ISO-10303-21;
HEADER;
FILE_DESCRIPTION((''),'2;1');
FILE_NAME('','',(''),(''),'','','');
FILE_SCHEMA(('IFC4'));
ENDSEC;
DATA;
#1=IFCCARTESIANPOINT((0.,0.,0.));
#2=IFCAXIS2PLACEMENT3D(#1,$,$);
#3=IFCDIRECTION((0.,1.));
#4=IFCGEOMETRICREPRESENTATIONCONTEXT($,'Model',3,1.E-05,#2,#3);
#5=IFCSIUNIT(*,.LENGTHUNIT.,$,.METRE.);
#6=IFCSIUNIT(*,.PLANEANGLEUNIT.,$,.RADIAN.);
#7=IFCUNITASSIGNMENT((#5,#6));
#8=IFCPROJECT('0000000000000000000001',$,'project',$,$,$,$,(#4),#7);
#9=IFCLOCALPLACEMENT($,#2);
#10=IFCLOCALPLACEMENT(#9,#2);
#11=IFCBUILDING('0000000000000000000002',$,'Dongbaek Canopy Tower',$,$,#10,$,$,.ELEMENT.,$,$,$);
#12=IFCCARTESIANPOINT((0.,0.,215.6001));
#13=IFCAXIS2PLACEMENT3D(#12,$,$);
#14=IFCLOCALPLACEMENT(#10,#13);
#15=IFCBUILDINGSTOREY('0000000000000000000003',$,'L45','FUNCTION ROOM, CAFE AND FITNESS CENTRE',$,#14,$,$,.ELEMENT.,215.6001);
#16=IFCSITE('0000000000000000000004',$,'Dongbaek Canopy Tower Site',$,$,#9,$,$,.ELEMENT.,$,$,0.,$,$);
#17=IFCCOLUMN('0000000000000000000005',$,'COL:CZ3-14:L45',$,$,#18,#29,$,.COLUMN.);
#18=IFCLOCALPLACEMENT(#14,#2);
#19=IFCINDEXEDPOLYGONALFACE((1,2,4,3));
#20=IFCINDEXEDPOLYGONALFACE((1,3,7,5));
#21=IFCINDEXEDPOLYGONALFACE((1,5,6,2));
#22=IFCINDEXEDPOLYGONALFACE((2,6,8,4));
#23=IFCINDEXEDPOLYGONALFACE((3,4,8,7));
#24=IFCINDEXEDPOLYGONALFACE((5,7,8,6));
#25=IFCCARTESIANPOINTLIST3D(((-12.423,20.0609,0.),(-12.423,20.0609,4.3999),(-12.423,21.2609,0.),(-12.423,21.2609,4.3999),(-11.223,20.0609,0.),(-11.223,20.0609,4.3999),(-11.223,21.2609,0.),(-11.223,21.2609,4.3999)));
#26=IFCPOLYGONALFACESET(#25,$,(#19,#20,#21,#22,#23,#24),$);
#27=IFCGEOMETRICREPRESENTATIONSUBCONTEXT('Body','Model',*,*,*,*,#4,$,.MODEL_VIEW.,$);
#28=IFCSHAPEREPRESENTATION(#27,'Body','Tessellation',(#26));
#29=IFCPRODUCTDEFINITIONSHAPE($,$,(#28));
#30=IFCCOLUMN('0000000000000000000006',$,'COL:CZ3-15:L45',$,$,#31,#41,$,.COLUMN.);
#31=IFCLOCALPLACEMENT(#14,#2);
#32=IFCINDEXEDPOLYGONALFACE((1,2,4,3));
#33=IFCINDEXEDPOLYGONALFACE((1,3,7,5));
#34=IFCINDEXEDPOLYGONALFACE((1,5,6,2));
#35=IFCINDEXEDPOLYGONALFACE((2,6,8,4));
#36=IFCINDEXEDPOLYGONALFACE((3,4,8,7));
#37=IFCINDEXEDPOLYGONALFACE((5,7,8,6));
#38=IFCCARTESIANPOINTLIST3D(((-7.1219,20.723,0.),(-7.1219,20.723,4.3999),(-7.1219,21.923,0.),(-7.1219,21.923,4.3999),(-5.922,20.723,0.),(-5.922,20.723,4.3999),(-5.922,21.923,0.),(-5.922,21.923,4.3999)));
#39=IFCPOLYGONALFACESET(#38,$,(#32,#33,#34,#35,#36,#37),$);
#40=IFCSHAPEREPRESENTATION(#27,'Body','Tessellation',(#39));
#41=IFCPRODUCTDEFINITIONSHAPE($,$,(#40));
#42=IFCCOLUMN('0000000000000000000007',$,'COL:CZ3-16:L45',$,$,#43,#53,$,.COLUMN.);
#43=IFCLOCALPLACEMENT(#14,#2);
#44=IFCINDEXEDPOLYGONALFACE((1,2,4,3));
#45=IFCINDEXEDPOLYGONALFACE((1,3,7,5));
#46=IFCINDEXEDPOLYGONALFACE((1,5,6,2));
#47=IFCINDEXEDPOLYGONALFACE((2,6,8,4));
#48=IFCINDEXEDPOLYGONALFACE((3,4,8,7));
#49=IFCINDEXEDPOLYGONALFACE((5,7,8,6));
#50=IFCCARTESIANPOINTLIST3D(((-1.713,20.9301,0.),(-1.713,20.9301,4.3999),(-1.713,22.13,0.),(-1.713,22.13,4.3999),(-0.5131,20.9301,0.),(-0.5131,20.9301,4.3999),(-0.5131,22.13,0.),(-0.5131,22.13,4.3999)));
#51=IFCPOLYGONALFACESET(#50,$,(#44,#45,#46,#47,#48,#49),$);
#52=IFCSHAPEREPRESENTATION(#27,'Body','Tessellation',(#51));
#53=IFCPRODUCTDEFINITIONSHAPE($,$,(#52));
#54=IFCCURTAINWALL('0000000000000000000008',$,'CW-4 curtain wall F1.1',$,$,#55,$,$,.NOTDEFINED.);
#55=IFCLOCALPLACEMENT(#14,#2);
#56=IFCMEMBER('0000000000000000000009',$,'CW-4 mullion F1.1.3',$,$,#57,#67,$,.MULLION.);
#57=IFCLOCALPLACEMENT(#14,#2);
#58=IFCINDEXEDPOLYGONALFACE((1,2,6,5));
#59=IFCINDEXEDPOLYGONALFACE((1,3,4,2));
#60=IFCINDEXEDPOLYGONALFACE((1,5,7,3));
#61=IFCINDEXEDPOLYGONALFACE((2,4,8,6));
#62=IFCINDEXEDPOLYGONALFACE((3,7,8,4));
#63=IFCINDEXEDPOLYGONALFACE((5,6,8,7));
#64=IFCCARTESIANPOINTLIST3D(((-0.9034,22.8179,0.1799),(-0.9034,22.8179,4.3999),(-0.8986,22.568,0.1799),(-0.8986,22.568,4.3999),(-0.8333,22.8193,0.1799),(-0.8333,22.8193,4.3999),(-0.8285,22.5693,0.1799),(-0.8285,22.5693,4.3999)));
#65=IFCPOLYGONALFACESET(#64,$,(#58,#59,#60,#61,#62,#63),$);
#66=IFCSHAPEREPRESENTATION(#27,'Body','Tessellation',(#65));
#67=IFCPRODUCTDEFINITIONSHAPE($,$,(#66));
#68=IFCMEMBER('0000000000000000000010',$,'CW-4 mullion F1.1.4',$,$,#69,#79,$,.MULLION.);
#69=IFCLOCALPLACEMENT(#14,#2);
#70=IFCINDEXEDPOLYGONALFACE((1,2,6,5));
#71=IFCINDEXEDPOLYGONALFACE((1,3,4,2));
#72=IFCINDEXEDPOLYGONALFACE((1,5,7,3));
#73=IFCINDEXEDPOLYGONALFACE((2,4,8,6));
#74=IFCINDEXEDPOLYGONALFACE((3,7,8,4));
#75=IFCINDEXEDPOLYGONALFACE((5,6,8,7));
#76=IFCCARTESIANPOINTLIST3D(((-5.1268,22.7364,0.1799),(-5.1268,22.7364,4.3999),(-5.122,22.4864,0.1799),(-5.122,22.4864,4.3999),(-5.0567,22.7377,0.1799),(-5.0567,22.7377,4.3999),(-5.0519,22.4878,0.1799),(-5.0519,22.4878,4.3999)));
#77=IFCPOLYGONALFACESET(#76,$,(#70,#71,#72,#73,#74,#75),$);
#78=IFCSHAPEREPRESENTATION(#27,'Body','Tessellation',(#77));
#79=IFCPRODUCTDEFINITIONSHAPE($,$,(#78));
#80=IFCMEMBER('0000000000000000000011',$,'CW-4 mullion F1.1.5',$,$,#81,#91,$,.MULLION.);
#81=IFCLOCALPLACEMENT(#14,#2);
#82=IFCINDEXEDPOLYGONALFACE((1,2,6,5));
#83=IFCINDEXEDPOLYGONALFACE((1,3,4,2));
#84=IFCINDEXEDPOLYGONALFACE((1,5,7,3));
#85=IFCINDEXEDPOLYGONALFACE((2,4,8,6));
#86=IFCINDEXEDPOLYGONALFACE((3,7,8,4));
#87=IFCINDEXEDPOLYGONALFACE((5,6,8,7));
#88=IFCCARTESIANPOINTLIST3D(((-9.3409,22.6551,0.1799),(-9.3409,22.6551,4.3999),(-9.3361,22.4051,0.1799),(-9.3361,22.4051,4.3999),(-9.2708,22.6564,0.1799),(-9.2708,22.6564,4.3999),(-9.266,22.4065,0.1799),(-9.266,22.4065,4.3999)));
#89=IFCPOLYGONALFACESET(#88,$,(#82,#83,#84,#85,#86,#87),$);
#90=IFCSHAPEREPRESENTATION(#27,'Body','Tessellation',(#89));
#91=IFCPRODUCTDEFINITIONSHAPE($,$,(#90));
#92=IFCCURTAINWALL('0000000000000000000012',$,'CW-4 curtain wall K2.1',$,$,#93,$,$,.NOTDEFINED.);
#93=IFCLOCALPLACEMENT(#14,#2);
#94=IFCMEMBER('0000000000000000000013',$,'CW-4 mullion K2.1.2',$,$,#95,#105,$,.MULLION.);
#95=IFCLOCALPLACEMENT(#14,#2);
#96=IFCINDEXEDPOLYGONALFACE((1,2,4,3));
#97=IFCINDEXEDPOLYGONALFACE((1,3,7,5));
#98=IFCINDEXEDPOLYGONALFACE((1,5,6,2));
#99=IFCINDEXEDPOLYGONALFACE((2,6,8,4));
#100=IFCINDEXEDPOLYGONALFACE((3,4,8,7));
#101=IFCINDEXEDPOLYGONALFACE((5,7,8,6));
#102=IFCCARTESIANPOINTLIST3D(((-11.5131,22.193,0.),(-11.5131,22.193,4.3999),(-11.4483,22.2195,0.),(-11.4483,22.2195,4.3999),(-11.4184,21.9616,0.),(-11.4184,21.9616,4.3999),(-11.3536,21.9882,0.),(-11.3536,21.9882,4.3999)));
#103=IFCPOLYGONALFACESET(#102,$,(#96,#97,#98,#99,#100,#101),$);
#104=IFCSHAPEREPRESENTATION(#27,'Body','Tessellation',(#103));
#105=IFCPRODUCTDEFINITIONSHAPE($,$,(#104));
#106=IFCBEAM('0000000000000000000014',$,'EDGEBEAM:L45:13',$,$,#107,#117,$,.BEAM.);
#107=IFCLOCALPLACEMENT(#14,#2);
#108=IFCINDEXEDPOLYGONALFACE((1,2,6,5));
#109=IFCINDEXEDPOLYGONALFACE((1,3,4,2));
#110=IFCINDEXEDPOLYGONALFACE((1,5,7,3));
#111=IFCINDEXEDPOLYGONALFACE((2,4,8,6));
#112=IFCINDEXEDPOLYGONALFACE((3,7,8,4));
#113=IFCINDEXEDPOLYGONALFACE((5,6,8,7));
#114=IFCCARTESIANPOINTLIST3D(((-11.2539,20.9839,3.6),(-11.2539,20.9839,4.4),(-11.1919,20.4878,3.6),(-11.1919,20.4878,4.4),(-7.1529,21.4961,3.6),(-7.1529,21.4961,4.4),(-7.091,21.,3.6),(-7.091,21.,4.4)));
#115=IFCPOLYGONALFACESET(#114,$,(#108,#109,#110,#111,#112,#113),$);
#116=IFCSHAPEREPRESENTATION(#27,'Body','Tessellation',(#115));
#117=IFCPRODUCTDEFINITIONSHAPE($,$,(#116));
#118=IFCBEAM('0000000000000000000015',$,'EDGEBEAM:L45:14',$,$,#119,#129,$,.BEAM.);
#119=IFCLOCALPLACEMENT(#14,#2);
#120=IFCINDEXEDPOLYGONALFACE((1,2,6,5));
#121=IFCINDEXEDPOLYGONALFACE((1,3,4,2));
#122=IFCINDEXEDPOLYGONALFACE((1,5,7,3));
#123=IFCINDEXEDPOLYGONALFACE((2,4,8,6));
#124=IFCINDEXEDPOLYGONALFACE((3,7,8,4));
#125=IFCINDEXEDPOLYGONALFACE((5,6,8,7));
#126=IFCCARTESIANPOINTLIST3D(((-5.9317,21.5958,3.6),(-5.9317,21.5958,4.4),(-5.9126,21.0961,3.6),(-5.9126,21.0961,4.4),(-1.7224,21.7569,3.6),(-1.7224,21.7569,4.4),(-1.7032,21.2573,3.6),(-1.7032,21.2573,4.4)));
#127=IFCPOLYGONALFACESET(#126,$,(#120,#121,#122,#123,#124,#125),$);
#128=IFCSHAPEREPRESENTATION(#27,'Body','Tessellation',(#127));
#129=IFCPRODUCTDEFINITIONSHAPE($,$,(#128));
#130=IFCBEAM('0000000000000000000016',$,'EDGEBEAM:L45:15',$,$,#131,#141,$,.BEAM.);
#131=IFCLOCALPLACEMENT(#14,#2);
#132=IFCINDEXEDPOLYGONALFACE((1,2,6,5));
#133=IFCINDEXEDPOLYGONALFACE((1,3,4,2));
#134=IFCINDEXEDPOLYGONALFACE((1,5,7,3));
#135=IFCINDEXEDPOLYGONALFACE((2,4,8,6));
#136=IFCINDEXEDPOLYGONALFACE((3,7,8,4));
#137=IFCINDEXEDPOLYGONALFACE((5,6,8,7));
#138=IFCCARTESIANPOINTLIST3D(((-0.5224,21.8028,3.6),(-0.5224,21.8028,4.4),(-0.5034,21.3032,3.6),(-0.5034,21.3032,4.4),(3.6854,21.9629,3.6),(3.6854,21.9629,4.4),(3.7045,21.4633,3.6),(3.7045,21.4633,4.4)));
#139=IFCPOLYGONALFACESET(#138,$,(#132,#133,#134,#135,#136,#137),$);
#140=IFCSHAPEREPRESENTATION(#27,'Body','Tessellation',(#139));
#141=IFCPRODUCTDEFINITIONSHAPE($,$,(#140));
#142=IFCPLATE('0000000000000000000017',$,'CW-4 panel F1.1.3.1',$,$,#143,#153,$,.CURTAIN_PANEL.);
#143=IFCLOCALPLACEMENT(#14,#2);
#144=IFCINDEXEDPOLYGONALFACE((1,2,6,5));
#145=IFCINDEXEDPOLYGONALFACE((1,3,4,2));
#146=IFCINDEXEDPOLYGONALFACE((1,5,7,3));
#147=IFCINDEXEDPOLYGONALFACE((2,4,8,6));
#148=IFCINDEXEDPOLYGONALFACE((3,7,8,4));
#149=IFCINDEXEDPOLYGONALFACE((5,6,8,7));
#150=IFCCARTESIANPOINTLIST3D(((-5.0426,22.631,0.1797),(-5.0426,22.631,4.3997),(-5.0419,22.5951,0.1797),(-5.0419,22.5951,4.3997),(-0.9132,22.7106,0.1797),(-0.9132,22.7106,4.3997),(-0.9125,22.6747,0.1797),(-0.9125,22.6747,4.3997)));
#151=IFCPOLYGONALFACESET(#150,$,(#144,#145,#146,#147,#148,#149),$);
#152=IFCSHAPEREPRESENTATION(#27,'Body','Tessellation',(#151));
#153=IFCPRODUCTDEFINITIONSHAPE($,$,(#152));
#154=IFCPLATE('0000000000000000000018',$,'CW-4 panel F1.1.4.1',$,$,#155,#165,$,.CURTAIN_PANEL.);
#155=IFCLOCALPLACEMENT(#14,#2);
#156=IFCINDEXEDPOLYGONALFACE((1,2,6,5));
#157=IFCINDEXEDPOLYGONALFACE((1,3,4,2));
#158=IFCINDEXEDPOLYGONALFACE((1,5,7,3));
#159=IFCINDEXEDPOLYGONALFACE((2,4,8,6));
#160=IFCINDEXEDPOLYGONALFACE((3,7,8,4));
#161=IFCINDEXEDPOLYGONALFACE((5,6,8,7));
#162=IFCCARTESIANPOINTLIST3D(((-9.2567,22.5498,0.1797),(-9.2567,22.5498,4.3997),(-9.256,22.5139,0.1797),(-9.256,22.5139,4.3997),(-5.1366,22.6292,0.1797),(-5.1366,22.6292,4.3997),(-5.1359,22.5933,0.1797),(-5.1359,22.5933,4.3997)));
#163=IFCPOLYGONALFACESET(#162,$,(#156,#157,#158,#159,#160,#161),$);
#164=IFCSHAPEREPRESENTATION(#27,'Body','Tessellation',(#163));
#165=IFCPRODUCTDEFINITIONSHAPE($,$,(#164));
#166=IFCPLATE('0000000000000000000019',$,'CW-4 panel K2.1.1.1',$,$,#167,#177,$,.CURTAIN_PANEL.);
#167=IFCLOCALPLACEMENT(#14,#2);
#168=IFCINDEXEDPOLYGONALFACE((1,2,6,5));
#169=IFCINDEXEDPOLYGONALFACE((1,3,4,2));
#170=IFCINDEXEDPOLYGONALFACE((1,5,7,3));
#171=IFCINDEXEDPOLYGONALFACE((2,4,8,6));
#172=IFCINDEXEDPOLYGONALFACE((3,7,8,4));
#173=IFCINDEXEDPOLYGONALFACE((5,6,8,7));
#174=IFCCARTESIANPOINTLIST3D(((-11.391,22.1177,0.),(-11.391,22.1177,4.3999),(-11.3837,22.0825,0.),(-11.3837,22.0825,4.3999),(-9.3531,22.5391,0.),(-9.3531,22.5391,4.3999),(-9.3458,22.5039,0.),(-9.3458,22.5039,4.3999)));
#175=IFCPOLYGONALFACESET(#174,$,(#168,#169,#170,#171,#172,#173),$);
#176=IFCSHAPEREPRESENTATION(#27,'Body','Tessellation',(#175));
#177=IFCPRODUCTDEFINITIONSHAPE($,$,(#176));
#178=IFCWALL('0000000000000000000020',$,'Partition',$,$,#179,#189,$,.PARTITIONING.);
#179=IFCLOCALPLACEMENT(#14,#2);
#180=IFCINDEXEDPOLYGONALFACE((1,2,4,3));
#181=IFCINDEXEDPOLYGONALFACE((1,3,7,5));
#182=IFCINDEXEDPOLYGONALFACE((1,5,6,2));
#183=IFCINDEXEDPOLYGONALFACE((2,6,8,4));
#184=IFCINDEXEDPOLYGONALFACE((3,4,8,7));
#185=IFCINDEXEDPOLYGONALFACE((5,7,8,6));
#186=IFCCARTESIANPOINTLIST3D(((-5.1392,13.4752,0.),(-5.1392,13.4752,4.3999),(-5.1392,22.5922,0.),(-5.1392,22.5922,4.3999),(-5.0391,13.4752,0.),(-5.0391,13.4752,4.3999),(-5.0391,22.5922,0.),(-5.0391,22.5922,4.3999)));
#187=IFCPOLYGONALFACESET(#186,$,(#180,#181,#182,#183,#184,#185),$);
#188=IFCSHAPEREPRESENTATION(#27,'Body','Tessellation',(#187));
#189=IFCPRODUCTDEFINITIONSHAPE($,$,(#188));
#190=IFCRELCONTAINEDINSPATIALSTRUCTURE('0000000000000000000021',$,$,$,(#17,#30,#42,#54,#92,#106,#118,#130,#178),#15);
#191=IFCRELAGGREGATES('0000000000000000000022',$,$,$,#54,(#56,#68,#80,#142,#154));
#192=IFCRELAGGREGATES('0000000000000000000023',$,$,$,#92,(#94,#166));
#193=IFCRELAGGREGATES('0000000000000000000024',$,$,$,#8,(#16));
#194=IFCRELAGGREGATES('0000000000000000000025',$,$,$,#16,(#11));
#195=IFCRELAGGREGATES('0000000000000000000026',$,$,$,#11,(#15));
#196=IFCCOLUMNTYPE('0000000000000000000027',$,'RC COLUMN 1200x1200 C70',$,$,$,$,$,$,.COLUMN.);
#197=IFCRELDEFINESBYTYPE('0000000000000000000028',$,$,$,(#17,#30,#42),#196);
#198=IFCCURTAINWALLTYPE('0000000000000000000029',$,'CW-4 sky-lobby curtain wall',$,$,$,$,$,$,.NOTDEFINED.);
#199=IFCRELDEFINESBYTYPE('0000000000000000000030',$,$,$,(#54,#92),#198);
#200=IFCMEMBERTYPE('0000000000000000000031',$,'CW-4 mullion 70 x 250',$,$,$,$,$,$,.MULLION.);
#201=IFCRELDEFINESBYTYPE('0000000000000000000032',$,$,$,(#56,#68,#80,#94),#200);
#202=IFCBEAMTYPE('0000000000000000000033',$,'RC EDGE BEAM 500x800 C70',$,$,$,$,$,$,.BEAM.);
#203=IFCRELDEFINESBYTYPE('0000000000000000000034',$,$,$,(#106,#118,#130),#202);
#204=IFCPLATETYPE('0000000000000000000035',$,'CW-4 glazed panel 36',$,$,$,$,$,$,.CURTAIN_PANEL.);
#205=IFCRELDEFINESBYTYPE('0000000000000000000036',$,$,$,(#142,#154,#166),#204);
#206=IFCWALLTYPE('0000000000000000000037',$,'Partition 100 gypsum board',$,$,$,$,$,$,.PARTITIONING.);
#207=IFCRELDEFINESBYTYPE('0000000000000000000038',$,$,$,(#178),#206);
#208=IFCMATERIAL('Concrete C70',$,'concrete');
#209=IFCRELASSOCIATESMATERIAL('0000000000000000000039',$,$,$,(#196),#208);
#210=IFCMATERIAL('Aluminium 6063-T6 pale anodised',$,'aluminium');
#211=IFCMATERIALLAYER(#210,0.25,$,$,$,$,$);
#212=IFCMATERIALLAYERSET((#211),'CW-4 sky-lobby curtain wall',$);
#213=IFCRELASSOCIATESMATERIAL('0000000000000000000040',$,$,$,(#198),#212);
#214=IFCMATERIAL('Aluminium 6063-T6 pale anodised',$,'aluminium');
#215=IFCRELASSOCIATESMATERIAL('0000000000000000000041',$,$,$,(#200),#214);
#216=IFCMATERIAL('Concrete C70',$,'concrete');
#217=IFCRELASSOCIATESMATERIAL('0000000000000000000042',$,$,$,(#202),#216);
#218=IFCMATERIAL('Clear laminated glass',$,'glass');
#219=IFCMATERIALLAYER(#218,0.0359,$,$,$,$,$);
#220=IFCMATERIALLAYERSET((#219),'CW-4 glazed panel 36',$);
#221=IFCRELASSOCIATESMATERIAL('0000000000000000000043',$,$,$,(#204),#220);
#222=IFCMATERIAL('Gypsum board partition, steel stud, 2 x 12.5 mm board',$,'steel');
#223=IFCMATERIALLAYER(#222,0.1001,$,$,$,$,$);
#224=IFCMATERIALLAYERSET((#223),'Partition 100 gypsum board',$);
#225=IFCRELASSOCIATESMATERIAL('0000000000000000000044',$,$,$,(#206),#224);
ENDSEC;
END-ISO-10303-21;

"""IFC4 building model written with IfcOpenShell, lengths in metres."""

from ifc_helpers import new_model, si_unit, direction, frame, frame_2d, origin, origin_2d, place, context, subcontext, project, spatial, rectangle, extrude, material, layer, layer_set, material_profile, profile_set, type_object, element, aggregate, save


model = new_model("IFC4")

# Units and contexts
model_context = context("Model", 3, precision=1e-05, world=origin(), true_north=direction((0.0, 1.0)))
body_context = subcontext(model_context, "Body", "Model", "MODEL_VIEW")
ifc_project = project(units=[si_unit("LENGTHUNIT", "METRE"), si_unit("PLANEANGLEUNIT", "RADIAN")], contexts=[model_context])

# Site, building, storey
site_placement = place(None, origin())
site = spatial("IfcSite", under=ifc_project, at=site_placement, Name="Dongbaek Canopy Tower Site", CompositionType="ELEMENT", RefElevation=0.0)
building_placement = place(site_placement, origin())
building = spatial("IfcBuilding", under=site, at=building_placement, Name="Dongbaek Canopy Tower", CompositionType="ELEMENT")
storey_placement = place(building_placement, frame((0.0, 0.0, 215.6001)))
storey = spatial("IfcBuildingStorey", under=building, at=storey_placement, Name="L45", Description="FUNCTION ROOM, CAFE AND FITNESS CENTRE", CompositionType="ELEMENT", Elevation=215.6001)

# Columns
ifc_material_1 = material(Name="Concrete C70", Category="concrete")
ifc_material_profile_1 = material_profile(ifc_material_1, rectangle(XDim=1.2, YDim=1.2, at=origin_2d()), Name="RC COLUMN 1200x1200 C70")
ifc_profile_set_1 = profile_set([ifc_material_profile_1], Name="Concrete C70")
column_type = type_object("IfcColumnType", Name="RC COLUMN 1200x1200 C70", PredefinedType="COLUMN", material=ifc_profile_set_1)
for number, where, z_axis, x_axis, name in (
    (1, (-11.823, 20.6609, 0.0), (0.0, 0.0, 1.0), (1.0, 0.0, 0.0), "COL:CZ3-14:L45"),
    (2, (-6.522, 21.323, 0.0), (0.0, 0.0, 1.0), (1.0, 0.0, 0.0), "COL:CZ3-15:L45"),
    (3, (-1.113, 21.53, 0.0), (0.0, 0.0, 1.0), (1.0, 0.0, 0.0), "COL:CZ3-16:L45"),
):
    element("IfcColumn", number, at=place(storey_placement, frame(where, z_axis=z_axis, x_axis=x_axis)), inside=storey, type_object=column_type, Name=name, PredefinedType="COLUMN", context=body_context, shape_type="SweptSolid", body=[
        extrude(rectangle(XDim=1.2, YDim=1.2, at=origin_2d()), origin(), (0.0, 0.0, 1.0), 4.3999),
    ])

# Curtain wall, members
ifc_material_2 = material(Name="Aluminium 6063-T6 pale anodised", Category="aluminium")
ifc_layer_1 = layer(ifc_material_2, 0.25)
ifc_layer_set_1 = layer_set([ifc_layer_1], Name="CW-4 sky-lobby curtain wall")
curtain_wall_type = type_object("IfcCurtainWallType", Name="CW-4 sky-lobby curtain wall", PredefinedType="NOTDEFINED", material=ifc_layer_set_1)
curtain_wall_1_placement = place(storey_placement, origin())
curtain_wall_1 = element("IfcCurtainWall", 4, at=curtain_wall_1_placement, inside=storey, type_object=curtain_wall_type, Name="CW-4 curtain wall F1.1", PredefinedType="NOTDEFINED")
ifc_material_3 = material(Name="Aluminium 6063-T6 pale anodised", Category="aluminium")
ifc_material_profile_2 = material_profile(ifc_material_3, rectangle(XDim=0.25, YDim=0.0701, at=origin_2d()), Name="CW-4 mullion 70 x 250")
ifc_profile_set_2 = profile_set([ifc_material_profile_2], Name="Aluminium 6063-T6 pale anodised")
member_type = type_object("IfcMemberType", Name="CW-4 mullion 70 x 250", PredefinedType="MULLION", material=ifc_profile_set_2)
member_1_placement = place(storey_placement, frame((-0.866, 22.6936, 0.1799), z_axis=(0.0, 0.0, 1.0), x_axis=(-0.01927, 0.999814, 0.0)))
member_1 = element("IfcMember", 5, at=member_1_placement, type_object=member_type, Name="CW-4 mullion F1.1.3", PredefinedType="MULLION", context=body_context, shape_type="SweptSolid", body=[
    extrude(rectangle(XDim=0.25, YDim=0.0701, at=origin_2d()), origin(), (0.0, 0.0, 1.0), 4.22),
])
member_2_placement = place(storey_placement, frame((-5.0894, 22.6121, 0.1799), z_axis=(0.0, 0.0, 1.0), x_axis=(-0.01927, 0.999814, 0.0)))
member_2 = element("IfcMember", 6, at=member_2_placement, type_object=member_type, Name="CW-4 mullion F1.1.4", PredefinedType="MULLION", context=body_context, shape_type="SweptSolid", body=[
    extrude(rectangle(XDim=0.25, YDim=0.0701, at=origin_2d()), origin(), (0.0, 0.0, 1.0), 4.22),
])
member_3_placement = place(storey_placement, frame((-9.3035, 22.5308, 0.1799), z_axis=(0.0, 0.0, 1.0), x_axis=(-0.01927, 0.999814, 0.0)))
member_3 = element("IfcMember", 7, at=member_3_placement, type_object=member_type, Name="CW-4 mullion F1.1.5", PredefinedType="MULLION", context=body_context, shape_type="SweptSolid", body=[
    extrude(rectangle(XDim=0.25, YDim=0.0701, at=origin_2d()), origin(), (0.0, 0.0, 1.0), 4.22),
])

# Curtain wall, member
curtain_wall_2_placement = place(storey_placement, origin())
curtain_wall_2 = element("IfcCurtainWall", 8, at=curtain_wall_2_placement, inside=storey, type_object=curtain_wall_type, Name="CW-4 curtain wall K2.1", PredefinedType="NOTDEFINED")
member_4_placement = place(storey_placement, frame((-11.4333, 22.0906, 0.0), z_axis=(0.0, 0.0, 1.0), x_axis=(-0.378812, 0.925473, 0.0)))
member_4 = element("IfcMember", 9, at=member_4_placement, type_object=member_type, Name="CW-4 mullion K2.1.2", PredefinedType="MULLION", context=body_context, shape_type="SweptSolid", body=[
    extrude(rectangle(XDim=0.25, YDim=0.0701, at=origin_2d()), origin(), (0.0, 0.0, 1.0), 4.3999),
])

# Beams
ifc_material_4 = material(Name="Concrete C70", Category="concrete")
ifc_material_profile_3 = material_profile(ifc_material_4, rectangle(XDim=0.5, YDim=0.8, at=origin_2d()), Name="RC EDGE BEAM 500x800 C70")
ifc_profile_set_3 = profile_set([ifc_material_profile_3], Name="Concrete C70")
beam_type = type_object("IfcBeamType", Name="RC EDGE BEAM 500x800 C70", PredefinedType="BEAM", material=ifc_profile_set_3)
beam_1_placement = place(storey_placement, frame((-11.2229, 20.7358, 4.0), z_axis=(0.99229, 0.12394, 0.0), x_axis=(-0.12394, 0.99229, 0.0)))
element("IfcBeam", 10, at=beam_1_placement, inside=storey, type_object=beam_type, Name="EDGEBEAM:L45:13", PredefinedType="BEAM", context=body_context, shape_type="SweptSolid", body=[
    extrude(rectangle(XDim=0.5, YDim=0.8, at=origin_2d()), origin(), (0.0, 0.0, 1.0), 4.1328),
])
beam_2_placement = place(storey_placement, frame((-5.9221, 21.3459, 4.0), z_axis=(0.999268, 0.038253, 0.0), x_axis=(-0.038253, 0.999268, 0.0)))
element("IfcBeam", 11, at=beam_2_placement, inside=storey, type_object=beam_type, Name="EDGEBEAM:L45:14", PredefinedType="BEAM", context=body_context, shape_type="SweptSolid", body=[
    extrude(rectangle(XDim=0.5, YDim=0.8, at=origin_2d()), origin(), (0.0, 0.0, 1.0), 4.2124),
])
beam_3_placement = place(storey_placement, frame((-0.5129, 21.553, 4.0), z_axis=(0.999277, 0.038032, 0.0), x_axis=(-0.038032, 0.999277, 0.0)))
element("IfcBeam", 12, at=beam_3_placement, inside=storey, type_object=beam_type, Name="EDGEBEAM:L45:15", PredefinedType="BEAM", context=body_context, shape_type="SweptSolid", body=[
    extrude(rectangle(XDim=0.5, YDim=0.8, at=origin_2d()), origin(), (0.0, 0.0, 1.0), 4.2109),
])

# Plates
ifc_material_5 = material(Name="Clear laminated glass", Category="glass")
ifc_layer_2 = layer(ifc_material_5, 0.0359)
ifc_layer_set_2 = layer_set([ifc_layer_2], Name="CW-4 glazed panel 36")
plate_type = type_object("IfcPlateType", Name="CW-4 glazed panel 36", PredefinedType="CURTAIN_PANEL", material=ifc_layer_set_2)
plate_1_placement = place(storey_placement, frame((-2.9775, 22.6528, 0.1797), z_axis=(0.0, 0.0, 1.0), x_axis=(-0.999814, -0.01927, 0.0)))
plate_1 = element("IfcPlate", 13, at=plate_1_placement, type_object=plate_type, Name="CW-4 panel F1.1.3.1", PredefinedType="CURTAIN_PANEL", context=body_context, shape_type="SweptSolid", body=[
    extrude(rectangle(XDim=4.1301, YDim=0.0359, at=origin_2d()), origin(), (0.0, 0.0, 1.0), 4.22),
])
plate_2_placement = place(storey_placement, frame((-7.1963, 22.5715, 0.1797), z_axis=(0.0, 0.0, 1.0), x_axis=(-0.999814, -0.01927, 0.0)))
plate_2 = element("IfcPlate", 14, at=plate_2_placement, type_object=plate_type, Name="CW-4 panel F1.1.4.1", PredefinedType="CURTAIN_PANEL", context=body_context, shape_type="SweptSolid", body=[
    extrude(rectangle(XDim=4.1208, YDim=0.0359, at=origin_2d()), origin(), (0.0, 0.0, 1.0), 4.22),
])
aggregate(curtain_wall_1, [member_1, member_2, member_3, plate_1, plate_2])
plate_3_placement = place(storey_placement, frame((-10.3684, 22.3108, 0.0), z_axis=(0.0, 0.0, 1.0), x_axis=(-0.979286, -0.202482, 0.0)))
plate_3 = element("IfcPlate", 15, at=plate_3_placement, type_object=plate_type, Name="CW-4 panel K2.1.1.1", PredefinedType="CURTAIN_PANEL", context=body_context, shape_type="SweptSolid", body=[
    extrude(rectangle(XDim=2.0811, YDim=0.0359, at=origin_2d()), origin(), (0.0, 0.0, 1.0), 4.3999),
])

# Wall
ifc_material_6 = material(Name="Gypsum board partition, steel stud, 2 x 12.5 mm board", Category="steel")
ifc_layer_3 = layer(ifc_material_6, 0.1001)
ifc_layer_set_3 = layer_set([ifc_layer_3], Name="Partition 100 gypsum board")
wall_type = type_object("IfcWallType", Name="Partition 100 gypsum board", PredefinedType="PARTITIONING", material=ifc_layer_set_3)
wall_placement = place(storey_placement, frame((-5.0891, 13.4751, 0.0), z_axis=(0.0, 0.0, 1.0), x_axis=(0.0, 1.0, 0.0)))
element("IfcWall", 16, at=wall_placement, inside=storey, type_object=wall_type, Name="Partition", PredefinedType="PARTITIONING", context=body_context, shape_type="SweptSolid", body=[
    extrude(rectangle(XDim=9.1169, YDim=0.1001, at=frame_2d((4.5586, 0.0))), origin(), (0.0, 0.0, 1.0), 4.3999),
])

aggregate(curtain_wall_2, [member_4, plate_3])

save(model, "model.ifc")
